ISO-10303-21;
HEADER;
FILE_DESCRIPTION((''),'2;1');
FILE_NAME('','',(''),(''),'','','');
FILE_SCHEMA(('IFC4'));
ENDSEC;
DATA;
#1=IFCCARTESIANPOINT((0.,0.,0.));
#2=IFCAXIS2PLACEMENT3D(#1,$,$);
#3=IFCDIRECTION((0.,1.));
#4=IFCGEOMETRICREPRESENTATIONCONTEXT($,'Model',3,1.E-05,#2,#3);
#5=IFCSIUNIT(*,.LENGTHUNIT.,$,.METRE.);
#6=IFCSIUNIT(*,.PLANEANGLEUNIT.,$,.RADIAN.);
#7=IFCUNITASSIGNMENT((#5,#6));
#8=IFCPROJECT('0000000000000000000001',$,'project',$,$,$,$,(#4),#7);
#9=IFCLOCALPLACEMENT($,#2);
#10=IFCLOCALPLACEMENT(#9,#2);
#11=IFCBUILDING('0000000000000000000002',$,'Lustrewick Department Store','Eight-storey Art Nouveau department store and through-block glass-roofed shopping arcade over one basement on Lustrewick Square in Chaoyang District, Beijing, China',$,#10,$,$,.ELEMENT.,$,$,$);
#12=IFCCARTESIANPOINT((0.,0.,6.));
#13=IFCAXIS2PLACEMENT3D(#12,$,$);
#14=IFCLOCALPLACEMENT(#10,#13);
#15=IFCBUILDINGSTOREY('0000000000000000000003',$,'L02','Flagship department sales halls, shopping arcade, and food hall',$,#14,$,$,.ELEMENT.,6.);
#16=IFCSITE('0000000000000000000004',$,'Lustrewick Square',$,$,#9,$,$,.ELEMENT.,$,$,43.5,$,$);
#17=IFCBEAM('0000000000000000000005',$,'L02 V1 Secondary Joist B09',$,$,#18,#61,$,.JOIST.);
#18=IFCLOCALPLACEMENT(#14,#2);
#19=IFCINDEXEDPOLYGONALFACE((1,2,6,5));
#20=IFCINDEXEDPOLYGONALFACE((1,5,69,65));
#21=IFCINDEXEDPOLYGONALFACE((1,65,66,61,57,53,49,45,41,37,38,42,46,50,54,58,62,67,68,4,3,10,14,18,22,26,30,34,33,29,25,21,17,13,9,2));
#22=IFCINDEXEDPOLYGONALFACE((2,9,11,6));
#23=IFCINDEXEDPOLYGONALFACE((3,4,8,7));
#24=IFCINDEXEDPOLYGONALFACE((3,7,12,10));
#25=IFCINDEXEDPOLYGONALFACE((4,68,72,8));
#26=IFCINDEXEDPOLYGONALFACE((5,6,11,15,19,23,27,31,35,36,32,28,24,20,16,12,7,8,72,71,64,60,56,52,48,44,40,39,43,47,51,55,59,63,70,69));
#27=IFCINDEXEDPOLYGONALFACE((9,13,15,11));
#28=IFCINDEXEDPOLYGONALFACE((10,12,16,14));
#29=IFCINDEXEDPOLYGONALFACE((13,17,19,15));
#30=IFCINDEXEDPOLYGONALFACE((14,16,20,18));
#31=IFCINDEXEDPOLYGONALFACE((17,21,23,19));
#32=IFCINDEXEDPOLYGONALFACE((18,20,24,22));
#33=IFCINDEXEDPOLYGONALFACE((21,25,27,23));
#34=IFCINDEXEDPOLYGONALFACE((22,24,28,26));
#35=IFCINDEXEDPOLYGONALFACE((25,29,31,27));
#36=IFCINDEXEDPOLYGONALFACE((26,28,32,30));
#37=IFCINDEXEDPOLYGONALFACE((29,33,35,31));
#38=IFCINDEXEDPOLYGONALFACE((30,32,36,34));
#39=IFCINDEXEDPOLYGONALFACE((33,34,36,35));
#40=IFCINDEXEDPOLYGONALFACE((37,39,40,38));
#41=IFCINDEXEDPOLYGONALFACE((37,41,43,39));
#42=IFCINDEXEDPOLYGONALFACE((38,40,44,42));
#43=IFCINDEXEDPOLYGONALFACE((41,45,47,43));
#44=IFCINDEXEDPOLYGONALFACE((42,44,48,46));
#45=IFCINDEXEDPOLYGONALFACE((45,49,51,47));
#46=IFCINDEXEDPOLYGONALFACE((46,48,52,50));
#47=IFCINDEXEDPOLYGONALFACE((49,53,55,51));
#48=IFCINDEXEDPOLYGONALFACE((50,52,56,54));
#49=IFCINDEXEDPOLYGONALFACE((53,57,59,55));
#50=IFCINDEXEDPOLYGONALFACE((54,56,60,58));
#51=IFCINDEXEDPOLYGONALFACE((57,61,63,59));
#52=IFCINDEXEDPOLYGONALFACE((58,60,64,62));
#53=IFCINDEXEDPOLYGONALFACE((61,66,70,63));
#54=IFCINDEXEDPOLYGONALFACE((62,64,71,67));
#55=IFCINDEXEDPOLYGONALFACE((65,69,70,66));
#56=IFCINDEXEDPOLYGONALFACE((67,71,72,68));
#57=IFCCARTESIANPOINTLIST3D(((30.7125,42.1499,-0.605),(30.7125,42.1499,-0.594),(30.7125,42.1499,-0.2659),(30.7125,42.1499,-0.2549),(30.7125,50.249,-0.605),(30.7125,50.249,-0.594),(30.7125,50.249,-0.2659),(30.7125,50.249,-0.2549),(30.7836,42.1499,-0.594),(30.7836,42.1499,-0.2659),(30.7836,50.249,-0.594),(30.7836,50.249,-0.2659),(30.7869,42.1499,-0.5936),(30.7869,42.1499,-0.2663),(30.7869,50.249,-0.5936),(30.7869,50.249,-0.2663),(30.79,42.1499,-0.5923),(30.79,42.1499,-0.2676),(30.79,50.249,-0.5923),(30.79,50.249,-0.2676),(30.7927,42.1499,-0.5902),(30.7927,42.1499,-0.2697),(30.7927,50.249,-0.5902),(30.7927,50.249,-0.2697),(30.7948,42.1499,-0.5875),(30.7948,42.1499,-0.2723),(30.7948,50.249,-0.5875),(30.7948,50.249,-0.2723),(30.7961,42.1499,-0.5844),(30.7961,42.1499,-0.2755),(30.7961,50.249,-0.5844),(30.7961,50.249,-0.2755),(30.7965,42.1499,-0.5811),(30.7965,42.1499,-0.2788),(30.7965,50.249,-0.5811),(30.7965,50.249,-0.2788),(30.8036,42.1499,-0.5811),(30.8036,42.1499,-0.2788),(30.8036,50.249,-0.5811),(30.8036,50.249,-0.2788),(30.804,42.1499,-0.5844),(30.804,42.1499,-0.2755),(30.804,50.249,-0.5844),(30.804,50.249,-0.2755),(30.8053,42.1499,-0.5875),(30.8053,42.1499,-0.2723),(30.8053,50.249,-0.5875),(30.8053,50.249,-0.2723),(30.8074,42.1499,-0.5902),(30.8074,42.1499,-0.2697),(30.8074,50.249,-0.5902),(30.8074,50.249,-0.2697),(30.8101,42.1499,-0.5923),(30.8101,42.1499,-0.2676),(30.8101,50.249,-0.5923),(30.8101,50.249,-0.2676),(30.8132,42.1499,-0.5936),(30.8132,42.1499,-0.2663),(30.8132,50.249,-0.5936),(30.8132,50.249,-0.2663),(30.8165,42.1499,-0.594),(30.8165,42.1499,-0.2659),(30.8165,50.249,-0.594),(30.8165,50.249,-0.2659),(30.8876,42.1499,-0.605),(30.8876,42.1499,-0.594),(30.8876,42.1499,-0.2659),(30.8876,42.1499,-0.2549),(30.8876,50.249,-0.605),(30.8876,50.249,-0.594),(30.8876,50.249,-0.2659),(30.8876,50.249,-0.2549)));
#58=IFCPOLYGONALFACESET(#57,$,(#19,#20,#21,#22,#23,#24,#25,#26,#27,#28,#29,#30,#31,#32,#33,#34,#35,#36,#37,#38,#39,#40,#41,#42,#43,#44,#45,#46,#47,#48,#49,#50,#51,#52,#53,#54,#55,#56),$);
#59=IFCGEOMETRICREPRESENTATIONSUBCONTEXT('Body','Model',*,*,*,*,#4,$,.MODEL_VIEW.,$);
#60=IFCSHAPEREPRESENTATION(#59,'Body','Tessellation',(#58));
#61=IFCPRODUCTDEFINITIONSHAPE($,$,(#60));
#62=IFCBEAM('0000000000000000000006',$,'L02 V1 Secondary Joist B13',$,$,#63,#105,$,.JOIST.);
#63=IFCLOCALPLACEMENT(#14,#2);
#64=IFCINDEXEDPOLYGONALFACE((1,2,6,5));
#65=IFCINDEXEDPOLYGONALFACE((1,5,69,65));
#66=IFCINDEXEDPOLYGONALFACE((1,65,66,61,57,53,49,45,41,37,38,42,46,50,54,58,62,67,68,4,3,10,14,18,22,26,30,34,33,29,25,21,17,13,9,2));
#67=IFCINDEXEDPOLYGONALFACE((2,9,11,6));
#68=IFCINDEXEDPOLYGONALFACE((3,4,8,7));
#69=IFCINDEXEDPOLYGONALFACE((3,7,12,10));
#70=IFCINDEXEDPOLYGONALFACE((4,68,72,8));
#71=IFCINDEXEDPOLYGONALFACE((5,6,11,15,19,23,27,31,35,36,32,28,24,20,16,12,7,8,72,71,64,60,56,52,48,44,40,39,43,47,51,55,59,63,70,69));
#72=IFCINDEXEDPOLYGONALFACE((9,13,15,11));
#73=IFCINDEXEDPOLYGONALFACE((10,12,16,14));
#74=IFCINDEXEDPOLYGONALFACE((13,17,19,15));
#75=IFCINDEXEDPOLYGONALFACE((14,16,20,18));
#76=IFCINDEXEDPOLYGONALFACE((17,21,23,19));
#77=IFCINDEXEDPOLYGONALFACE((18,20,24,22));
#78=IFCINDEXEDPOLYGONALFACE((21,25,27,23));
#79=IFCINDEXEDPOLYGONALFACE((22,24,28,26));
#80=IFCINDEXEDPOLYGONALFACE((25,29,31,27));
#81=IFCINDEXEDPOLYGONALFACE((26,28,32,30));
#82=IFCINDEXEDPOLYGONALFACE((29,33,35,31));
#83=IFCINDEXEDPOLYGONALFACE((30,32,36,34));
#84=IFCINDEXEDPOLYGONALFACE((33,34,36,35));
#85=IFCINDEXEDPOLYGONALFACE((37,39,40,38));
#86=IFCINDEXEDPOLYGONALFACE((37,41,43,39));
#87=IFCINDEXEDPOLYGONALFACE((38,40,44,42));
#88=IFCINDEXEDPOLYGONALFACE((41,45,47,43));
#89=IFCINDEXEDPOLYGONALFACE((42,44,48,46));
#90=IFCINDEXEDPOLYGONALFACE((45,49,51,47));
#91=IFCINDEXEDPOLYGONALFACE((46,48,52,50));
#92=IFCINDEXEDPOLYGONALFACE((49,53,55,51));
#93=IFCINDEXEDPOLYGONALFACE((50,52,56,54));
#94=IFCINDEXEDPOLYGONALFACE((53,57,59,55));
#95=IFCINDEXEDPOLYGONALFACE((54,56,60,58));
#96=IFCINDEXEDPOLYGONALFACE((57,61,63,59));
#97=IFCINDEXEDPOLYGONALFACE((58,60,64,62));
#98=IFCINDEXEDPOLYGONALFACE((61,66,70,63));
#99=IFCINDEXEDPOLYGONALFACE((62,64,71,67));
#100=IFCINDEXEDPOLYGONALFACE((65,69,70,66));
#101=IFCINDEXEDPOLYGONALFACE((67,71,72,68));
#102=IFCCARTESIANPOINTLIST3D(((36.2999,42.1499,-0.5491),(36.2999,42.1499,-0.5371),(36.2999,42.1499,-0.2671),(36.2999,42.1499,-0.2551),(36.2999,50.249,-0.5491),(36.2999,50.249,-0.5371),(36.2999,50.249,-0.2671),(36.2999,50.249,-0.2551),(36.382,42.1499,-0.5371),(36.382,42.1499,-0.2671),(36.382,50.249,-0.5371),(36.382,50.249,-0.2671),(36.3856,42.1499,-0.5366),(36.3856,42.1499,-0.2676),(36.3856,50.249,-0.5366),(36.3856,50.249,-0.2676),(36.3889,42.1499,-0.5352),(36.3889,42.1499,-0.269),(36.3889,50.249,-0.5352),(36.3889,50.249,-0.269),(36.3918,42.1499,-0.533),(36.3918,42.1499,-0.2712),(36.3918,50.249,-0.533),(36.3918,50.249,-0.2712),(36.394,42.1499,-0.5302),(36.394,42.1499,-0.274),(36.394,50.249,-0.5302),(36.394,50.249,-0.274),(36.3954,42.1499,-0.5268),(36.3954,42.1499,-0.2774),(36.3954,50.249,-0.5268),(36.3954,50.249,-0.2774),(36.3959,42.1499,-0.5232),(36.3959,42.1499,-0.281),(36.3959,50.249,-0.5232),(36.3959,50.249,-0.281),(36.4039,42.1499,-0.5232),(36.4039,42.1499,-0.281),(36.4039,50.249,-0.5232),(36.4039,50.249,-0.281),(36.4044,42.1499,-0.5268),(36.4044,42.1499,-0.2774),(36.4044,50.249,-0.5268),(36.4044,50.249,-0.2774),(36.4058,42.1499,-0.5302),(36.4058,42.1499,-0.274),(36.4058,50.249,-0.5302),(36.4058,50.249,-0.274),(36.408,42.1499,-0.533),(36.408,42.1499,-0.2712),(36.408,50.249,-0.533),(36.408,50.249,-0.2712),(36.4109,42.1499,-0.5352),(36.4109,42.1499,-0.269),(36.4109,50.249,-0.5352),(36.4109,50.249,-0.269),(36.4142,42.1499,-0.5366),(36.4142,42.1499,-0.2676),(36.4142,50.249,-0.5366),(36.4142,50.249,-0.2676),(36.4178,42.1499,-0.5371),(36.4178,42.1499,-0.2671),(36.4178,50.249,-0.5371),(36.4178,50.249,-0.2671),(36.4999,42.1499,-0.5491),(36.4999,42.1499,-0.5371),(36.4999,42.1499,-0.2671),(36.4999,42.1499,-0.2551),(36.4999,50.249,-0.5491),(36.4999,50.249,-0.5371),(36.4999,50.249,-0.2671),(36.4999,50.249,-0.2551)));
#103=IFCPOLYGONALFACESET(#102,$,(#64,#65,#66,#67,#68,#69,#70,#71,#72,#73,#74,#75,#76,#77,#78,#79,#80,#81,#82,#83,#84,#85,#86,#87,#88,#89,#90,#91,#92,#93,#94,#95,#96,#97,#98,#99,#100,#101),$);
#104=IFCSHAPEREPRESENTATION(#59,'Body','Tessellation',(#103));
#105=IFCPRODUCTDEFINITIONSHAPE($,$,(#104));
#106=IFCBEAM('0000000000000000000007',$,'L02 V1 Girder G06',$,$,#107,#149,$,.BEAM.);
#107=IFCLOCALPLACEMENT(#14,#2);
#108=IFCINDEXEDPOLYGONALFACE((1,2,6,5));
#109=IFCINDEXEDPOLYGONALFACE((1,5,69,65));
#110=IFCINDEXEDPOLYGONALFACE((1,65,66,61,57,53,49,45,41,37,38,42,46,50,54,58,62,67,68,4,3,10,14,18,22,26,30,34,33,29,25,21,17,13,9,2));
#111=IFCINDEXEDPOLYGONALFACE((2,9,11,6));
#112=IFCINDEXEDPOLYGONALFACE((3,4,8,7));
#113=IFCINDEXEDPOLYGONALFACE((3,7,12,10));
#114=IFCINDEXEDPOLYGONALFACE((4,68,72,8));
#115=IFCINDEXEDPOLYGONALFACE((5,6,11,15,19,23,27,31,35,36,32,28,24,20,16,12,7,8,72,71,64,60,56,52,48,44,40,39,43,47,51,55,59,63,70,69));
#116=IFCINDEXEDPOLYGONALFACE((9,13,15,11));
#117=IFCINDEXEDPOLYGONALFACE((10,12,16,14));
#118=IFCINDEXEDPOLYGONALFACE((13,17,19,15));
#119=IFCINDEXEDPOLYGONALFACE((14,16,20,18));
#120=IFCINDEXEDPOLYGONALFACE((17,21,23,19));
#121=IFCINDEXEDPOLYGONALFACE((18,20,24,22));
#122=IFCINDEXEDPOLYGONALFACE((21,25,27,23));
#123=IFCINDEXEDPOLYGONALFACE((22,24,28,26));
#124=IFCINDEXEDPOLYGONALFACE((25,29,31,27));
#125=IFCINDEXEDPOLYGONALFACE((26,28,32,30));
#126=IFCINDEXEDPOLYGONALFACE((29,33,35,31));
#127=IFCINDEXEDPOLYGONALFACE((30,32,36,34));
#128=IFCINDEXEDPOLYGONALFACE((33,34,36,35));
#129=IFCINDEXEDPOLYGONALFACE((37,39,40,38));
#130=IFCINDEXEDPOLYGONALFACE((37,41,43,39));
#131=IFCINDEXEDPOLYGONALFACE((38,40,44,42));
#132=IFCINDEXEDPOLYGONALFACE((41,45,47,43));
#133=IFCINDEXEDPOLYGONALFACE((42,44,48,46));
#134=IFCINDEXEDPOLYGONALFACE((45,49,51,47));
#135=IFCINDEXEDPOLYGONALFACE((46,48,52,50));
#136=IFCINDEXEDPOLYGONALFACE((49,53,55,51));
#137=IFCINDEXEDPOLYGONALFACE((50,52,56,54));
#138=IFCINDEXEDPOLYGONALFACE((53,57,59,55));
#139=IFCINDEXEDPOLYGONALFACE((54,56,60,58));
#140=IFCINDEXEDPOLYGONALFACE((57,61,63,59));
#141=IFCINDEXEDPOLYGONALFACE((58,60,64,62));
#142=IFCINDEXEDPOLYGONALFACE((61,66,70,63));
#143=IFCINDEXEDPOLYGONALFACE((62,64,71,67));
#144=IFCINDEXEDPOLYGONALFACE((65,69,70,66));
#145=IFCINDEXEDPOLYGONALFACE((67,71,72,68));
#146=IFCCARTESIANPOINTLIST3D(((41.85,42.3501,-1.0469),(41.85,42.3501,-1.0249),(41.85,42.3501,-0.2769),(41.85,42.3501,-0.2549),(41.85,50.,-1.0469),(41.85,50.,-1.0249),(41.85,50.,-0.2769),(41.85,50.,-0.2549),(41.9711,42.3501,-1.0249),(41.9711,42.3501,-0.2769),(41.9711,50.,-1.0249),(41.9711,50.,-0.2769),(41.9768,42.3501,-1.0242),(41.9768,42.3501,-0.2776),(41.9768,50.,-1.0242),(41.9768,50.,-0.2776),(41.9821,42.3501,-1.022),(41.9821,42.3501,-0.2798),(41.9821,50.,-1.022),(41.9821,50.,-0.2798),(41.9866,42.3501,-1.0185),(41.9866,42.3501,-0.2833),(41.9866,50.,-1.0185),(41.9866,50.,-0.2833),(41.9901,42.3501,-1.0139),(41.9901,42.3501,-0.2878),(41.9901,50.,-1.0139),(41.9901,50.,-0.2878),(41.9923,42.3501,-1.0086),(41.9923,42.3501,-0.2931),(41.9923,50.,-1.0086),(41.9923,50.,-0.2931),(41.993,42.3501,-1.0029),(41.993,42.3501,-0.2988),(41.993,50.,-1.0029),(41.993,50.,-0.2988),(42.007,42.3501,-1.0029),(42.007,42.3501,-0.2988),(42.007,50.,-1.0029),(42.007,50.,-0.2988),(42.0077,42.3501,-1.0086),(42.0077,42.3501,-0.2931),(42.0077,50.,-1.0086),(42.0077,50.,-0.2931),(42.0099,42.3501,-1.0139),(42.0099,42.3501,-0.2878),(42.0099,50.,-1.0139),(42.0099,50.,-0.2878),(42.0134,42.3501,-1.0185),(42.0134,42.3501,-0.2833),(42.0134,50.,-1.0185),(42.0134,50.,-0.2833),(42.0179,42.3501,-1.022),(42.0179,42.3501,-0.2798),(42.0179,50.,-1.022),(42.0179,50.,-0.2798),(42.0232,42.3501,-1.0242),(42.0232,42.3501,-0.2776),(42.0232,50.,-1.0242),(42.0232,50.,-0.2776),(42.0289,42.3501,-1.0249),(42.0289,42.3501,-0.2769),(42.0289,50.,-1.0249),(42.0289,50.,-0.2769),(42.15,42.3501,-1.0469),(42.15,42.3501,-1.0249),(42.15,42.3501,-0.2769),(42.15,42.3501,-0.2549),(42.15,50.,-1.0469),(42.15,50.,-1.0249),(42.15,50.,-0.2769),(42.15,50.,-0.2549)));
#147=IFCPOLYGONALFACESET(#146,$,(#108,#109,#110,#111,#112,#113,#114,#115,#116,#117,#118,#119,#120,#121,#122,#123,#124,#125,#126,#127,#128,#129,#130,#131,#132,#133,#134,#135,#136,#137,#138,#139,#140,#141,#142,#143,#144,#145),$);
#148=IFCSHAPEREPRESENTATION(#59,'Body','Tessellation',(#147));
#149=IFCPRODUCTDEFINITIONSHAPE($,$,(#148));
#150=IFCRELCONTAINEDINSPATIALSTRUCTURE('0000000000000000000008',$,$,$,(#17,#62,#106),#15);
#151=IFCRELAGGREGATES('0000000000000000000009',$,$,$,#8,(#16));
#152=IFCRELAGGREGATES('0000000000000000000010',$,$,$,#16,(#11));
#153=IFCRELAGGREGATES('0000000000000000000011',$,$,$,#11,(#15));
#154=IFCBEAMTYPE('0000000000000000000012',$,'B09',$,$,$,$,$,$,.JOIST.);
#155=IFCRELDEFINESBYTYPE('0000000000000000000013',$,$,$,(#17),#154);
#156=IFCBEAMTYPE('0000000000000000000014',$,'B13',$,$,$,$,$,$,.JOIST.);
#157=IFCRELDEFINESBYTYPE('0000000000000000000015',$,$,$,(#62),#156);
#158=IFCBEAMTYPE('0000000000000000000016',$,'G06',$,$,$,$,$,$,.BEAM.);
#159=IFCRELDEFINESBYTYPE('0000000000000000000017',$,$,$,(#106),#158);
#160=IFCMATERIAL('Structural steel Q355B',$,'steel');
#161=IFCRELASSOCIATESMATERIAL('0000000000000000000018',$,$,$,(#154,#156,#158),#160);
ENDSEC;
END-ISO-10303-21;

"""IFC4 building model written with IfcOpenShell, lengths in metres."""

from ifc_helpers import new_model, si_unit, direction, frame, origin, origin_2d, place, context, subcontext, project, spatial, i_section, extrude, material, material_profile, profile_set, type_object, element, save


model = new_model("IFC4")

# Units and contexts
model_context = context("Model", 3, precision=1e-05, world=origin(), true_north=direction((0.0, 1.0)))
body_context = subcontext(model_context, "Body", "Model", "MODEL_VIEW")
ifc_project = project(units=[si_unit("LENGTHUNIT", "METRE"), si_unit("PLANEANGLEUNIT", "RADIAN")], contexts=[model_context])

# Site, building, storey
site_placement = place(None, origin())
site = spatial("IfcSite", under=ifc_project, at=site_placement, Name="Lustrewick Square", CompositionType="ELEMENT", RefElevation=43.5)
building_placement = place(site_placement, origin())
building = spatial("IfcBuilding", under=site, at=building_placement, Name="Lustrewick Department Store", Description="Eight-storey Art Nouveau department store and through-block glass-roofed shopping arcade over one basement on Lustrewick Square in Chaoyang District, Beijing, China", CompositionType="ELEMENT")
storey_placement = place(building_placement, frame((0.0, 0.0, 6.0)))
storey = spatial("IfcBuildingStorey", under=building, at=storey_placement, Name="L02", Description="Flagship department sales halls, shopping arcade, and food hall", CompositionType="ELEMENT", Elevation=6.0)

# Beams
ifc_material_1 = material(Name="Structural steel Q355B", Category="steel")
ifc_material_profile_1 = material_profile(ifc_material_1, i_section(OverallWidth=0.175, OverallDepth=0.3501, WebThickness=0.0071, FlangeThickness=0.011, FilletRadius=0.0129, at=origin_2d()), Name="HN 350x175x7x11")
ifc_profile_set_1 = profile_set([ifc_material_profile_1], Name="Structural steel Q355B")
beam_type_1 = type_object("IfcBeamType", Name="B09", PredefinedType="JOIST", material=ifc_profile_set_1)
beam_1_placement = place(storey_placement, frame((30.8, 42.1499, -0.4299), z_axis=(0.0, 1.0, 0.0), x_axis=(-1.0, 0.0, 0.0)))
element("IfcBeam", 1, at=beam_1_placement, inside=storey, type_object=beam_type_1, Name="L02 V1 Secondary Joist B09", PredefinedType="JOIST", context=body_context, shape_type="SweptSolid", body=[
    extrude(i_section(OverallWidth=0.175, OverallDepth=0.3501, WebThickness=0.0071, FlangeThickness=0.011, FilletRadius=0.0129, at=origin_2d()), origin(), (0.0, 0.0, 1.0), 8.0991),
])
ifc_material_profile_2 = material_profile(ifc_material_1, i_section(OverallWidth=0.2, OverallDepth=0.2939, WebThickness=0.0081, FlangeThickness=0.012, FilletRadius=0.0139, at=origin_2d()), Name="HM 294x200x8x12")
ifc_profile_set_2 = profile_set([ifc_material_profile_2], Name="Structural steel Q355B")
beam_type_2 = type_object("IfcBeamType", Name="B13", PredefinedType="JOIST", material=ifc_profile_set_2)
beam_2_placement = place(storey_placement, frame((36.3999, 42.1499, -0.4021), z_axis=(0.0, 1.0, 0.0), x_axis=(-1.0, 0.0, 0.0)))
element("IfcBeam", 2, at=beam_2_placement, inside=storey, type_object=beam_type_2, Name="L02 V1 Secondary Joist B13", PredefinedType="JOIST", context=body_context, shape_type="SweptSolid", body=[
    extrude(i_section(OverallWidth=0.2, OverallDepth=0.2939, WebThickness=0.0081, FlangeThickness=0.012, FilletRadius=0.0139, at=origin_2d()), origin(), (0.0, 0.0, 1.0), 8.0991),
])
ifc_material_profile_3 = material_profile(ifc_material_1, i_section(OverallWidth=0.3, OverallDepth=0.792, WebThickness=0.0139, FlangeThickness=0.022, FilletRadius=0.022, at=origin_2d()), Name="HN 792x300x14x22")
ifc_profile_set_3 = profile_set([ifc_material_profile_3], Name="Structural steel Q355B")
beam_type_3 = type_object("IfcBeamType", Name="G06", PredefinedType="BEAM", material=ifc_profile_set_3)
beam_3_placement = place(storey_placement, frame((42.0, 42.3501, -0.6509), z_axis=(0.0, 1.0, 0.0), x_axis=(-1.0, 0.0, 0.0)))
element("IfcBeam", 3, at=beam_3_placement, inside=storey, type_object=beam_type_3, Name="L02 V1 Girder G06", PredefinedType="BEAM", context=body_context, shape_type="SweptSolid", body=[
    extrude(i_section(OverallWidth=0.3, OverallDepth=0.792, WebThickness=0.0139, FlangeThickness=0.022, FilletRadius=0.022, at=origin_2d()), origin(), (0.0, 0.0, 1.0), 7.6499),
])

save(model, "model.ifc")
